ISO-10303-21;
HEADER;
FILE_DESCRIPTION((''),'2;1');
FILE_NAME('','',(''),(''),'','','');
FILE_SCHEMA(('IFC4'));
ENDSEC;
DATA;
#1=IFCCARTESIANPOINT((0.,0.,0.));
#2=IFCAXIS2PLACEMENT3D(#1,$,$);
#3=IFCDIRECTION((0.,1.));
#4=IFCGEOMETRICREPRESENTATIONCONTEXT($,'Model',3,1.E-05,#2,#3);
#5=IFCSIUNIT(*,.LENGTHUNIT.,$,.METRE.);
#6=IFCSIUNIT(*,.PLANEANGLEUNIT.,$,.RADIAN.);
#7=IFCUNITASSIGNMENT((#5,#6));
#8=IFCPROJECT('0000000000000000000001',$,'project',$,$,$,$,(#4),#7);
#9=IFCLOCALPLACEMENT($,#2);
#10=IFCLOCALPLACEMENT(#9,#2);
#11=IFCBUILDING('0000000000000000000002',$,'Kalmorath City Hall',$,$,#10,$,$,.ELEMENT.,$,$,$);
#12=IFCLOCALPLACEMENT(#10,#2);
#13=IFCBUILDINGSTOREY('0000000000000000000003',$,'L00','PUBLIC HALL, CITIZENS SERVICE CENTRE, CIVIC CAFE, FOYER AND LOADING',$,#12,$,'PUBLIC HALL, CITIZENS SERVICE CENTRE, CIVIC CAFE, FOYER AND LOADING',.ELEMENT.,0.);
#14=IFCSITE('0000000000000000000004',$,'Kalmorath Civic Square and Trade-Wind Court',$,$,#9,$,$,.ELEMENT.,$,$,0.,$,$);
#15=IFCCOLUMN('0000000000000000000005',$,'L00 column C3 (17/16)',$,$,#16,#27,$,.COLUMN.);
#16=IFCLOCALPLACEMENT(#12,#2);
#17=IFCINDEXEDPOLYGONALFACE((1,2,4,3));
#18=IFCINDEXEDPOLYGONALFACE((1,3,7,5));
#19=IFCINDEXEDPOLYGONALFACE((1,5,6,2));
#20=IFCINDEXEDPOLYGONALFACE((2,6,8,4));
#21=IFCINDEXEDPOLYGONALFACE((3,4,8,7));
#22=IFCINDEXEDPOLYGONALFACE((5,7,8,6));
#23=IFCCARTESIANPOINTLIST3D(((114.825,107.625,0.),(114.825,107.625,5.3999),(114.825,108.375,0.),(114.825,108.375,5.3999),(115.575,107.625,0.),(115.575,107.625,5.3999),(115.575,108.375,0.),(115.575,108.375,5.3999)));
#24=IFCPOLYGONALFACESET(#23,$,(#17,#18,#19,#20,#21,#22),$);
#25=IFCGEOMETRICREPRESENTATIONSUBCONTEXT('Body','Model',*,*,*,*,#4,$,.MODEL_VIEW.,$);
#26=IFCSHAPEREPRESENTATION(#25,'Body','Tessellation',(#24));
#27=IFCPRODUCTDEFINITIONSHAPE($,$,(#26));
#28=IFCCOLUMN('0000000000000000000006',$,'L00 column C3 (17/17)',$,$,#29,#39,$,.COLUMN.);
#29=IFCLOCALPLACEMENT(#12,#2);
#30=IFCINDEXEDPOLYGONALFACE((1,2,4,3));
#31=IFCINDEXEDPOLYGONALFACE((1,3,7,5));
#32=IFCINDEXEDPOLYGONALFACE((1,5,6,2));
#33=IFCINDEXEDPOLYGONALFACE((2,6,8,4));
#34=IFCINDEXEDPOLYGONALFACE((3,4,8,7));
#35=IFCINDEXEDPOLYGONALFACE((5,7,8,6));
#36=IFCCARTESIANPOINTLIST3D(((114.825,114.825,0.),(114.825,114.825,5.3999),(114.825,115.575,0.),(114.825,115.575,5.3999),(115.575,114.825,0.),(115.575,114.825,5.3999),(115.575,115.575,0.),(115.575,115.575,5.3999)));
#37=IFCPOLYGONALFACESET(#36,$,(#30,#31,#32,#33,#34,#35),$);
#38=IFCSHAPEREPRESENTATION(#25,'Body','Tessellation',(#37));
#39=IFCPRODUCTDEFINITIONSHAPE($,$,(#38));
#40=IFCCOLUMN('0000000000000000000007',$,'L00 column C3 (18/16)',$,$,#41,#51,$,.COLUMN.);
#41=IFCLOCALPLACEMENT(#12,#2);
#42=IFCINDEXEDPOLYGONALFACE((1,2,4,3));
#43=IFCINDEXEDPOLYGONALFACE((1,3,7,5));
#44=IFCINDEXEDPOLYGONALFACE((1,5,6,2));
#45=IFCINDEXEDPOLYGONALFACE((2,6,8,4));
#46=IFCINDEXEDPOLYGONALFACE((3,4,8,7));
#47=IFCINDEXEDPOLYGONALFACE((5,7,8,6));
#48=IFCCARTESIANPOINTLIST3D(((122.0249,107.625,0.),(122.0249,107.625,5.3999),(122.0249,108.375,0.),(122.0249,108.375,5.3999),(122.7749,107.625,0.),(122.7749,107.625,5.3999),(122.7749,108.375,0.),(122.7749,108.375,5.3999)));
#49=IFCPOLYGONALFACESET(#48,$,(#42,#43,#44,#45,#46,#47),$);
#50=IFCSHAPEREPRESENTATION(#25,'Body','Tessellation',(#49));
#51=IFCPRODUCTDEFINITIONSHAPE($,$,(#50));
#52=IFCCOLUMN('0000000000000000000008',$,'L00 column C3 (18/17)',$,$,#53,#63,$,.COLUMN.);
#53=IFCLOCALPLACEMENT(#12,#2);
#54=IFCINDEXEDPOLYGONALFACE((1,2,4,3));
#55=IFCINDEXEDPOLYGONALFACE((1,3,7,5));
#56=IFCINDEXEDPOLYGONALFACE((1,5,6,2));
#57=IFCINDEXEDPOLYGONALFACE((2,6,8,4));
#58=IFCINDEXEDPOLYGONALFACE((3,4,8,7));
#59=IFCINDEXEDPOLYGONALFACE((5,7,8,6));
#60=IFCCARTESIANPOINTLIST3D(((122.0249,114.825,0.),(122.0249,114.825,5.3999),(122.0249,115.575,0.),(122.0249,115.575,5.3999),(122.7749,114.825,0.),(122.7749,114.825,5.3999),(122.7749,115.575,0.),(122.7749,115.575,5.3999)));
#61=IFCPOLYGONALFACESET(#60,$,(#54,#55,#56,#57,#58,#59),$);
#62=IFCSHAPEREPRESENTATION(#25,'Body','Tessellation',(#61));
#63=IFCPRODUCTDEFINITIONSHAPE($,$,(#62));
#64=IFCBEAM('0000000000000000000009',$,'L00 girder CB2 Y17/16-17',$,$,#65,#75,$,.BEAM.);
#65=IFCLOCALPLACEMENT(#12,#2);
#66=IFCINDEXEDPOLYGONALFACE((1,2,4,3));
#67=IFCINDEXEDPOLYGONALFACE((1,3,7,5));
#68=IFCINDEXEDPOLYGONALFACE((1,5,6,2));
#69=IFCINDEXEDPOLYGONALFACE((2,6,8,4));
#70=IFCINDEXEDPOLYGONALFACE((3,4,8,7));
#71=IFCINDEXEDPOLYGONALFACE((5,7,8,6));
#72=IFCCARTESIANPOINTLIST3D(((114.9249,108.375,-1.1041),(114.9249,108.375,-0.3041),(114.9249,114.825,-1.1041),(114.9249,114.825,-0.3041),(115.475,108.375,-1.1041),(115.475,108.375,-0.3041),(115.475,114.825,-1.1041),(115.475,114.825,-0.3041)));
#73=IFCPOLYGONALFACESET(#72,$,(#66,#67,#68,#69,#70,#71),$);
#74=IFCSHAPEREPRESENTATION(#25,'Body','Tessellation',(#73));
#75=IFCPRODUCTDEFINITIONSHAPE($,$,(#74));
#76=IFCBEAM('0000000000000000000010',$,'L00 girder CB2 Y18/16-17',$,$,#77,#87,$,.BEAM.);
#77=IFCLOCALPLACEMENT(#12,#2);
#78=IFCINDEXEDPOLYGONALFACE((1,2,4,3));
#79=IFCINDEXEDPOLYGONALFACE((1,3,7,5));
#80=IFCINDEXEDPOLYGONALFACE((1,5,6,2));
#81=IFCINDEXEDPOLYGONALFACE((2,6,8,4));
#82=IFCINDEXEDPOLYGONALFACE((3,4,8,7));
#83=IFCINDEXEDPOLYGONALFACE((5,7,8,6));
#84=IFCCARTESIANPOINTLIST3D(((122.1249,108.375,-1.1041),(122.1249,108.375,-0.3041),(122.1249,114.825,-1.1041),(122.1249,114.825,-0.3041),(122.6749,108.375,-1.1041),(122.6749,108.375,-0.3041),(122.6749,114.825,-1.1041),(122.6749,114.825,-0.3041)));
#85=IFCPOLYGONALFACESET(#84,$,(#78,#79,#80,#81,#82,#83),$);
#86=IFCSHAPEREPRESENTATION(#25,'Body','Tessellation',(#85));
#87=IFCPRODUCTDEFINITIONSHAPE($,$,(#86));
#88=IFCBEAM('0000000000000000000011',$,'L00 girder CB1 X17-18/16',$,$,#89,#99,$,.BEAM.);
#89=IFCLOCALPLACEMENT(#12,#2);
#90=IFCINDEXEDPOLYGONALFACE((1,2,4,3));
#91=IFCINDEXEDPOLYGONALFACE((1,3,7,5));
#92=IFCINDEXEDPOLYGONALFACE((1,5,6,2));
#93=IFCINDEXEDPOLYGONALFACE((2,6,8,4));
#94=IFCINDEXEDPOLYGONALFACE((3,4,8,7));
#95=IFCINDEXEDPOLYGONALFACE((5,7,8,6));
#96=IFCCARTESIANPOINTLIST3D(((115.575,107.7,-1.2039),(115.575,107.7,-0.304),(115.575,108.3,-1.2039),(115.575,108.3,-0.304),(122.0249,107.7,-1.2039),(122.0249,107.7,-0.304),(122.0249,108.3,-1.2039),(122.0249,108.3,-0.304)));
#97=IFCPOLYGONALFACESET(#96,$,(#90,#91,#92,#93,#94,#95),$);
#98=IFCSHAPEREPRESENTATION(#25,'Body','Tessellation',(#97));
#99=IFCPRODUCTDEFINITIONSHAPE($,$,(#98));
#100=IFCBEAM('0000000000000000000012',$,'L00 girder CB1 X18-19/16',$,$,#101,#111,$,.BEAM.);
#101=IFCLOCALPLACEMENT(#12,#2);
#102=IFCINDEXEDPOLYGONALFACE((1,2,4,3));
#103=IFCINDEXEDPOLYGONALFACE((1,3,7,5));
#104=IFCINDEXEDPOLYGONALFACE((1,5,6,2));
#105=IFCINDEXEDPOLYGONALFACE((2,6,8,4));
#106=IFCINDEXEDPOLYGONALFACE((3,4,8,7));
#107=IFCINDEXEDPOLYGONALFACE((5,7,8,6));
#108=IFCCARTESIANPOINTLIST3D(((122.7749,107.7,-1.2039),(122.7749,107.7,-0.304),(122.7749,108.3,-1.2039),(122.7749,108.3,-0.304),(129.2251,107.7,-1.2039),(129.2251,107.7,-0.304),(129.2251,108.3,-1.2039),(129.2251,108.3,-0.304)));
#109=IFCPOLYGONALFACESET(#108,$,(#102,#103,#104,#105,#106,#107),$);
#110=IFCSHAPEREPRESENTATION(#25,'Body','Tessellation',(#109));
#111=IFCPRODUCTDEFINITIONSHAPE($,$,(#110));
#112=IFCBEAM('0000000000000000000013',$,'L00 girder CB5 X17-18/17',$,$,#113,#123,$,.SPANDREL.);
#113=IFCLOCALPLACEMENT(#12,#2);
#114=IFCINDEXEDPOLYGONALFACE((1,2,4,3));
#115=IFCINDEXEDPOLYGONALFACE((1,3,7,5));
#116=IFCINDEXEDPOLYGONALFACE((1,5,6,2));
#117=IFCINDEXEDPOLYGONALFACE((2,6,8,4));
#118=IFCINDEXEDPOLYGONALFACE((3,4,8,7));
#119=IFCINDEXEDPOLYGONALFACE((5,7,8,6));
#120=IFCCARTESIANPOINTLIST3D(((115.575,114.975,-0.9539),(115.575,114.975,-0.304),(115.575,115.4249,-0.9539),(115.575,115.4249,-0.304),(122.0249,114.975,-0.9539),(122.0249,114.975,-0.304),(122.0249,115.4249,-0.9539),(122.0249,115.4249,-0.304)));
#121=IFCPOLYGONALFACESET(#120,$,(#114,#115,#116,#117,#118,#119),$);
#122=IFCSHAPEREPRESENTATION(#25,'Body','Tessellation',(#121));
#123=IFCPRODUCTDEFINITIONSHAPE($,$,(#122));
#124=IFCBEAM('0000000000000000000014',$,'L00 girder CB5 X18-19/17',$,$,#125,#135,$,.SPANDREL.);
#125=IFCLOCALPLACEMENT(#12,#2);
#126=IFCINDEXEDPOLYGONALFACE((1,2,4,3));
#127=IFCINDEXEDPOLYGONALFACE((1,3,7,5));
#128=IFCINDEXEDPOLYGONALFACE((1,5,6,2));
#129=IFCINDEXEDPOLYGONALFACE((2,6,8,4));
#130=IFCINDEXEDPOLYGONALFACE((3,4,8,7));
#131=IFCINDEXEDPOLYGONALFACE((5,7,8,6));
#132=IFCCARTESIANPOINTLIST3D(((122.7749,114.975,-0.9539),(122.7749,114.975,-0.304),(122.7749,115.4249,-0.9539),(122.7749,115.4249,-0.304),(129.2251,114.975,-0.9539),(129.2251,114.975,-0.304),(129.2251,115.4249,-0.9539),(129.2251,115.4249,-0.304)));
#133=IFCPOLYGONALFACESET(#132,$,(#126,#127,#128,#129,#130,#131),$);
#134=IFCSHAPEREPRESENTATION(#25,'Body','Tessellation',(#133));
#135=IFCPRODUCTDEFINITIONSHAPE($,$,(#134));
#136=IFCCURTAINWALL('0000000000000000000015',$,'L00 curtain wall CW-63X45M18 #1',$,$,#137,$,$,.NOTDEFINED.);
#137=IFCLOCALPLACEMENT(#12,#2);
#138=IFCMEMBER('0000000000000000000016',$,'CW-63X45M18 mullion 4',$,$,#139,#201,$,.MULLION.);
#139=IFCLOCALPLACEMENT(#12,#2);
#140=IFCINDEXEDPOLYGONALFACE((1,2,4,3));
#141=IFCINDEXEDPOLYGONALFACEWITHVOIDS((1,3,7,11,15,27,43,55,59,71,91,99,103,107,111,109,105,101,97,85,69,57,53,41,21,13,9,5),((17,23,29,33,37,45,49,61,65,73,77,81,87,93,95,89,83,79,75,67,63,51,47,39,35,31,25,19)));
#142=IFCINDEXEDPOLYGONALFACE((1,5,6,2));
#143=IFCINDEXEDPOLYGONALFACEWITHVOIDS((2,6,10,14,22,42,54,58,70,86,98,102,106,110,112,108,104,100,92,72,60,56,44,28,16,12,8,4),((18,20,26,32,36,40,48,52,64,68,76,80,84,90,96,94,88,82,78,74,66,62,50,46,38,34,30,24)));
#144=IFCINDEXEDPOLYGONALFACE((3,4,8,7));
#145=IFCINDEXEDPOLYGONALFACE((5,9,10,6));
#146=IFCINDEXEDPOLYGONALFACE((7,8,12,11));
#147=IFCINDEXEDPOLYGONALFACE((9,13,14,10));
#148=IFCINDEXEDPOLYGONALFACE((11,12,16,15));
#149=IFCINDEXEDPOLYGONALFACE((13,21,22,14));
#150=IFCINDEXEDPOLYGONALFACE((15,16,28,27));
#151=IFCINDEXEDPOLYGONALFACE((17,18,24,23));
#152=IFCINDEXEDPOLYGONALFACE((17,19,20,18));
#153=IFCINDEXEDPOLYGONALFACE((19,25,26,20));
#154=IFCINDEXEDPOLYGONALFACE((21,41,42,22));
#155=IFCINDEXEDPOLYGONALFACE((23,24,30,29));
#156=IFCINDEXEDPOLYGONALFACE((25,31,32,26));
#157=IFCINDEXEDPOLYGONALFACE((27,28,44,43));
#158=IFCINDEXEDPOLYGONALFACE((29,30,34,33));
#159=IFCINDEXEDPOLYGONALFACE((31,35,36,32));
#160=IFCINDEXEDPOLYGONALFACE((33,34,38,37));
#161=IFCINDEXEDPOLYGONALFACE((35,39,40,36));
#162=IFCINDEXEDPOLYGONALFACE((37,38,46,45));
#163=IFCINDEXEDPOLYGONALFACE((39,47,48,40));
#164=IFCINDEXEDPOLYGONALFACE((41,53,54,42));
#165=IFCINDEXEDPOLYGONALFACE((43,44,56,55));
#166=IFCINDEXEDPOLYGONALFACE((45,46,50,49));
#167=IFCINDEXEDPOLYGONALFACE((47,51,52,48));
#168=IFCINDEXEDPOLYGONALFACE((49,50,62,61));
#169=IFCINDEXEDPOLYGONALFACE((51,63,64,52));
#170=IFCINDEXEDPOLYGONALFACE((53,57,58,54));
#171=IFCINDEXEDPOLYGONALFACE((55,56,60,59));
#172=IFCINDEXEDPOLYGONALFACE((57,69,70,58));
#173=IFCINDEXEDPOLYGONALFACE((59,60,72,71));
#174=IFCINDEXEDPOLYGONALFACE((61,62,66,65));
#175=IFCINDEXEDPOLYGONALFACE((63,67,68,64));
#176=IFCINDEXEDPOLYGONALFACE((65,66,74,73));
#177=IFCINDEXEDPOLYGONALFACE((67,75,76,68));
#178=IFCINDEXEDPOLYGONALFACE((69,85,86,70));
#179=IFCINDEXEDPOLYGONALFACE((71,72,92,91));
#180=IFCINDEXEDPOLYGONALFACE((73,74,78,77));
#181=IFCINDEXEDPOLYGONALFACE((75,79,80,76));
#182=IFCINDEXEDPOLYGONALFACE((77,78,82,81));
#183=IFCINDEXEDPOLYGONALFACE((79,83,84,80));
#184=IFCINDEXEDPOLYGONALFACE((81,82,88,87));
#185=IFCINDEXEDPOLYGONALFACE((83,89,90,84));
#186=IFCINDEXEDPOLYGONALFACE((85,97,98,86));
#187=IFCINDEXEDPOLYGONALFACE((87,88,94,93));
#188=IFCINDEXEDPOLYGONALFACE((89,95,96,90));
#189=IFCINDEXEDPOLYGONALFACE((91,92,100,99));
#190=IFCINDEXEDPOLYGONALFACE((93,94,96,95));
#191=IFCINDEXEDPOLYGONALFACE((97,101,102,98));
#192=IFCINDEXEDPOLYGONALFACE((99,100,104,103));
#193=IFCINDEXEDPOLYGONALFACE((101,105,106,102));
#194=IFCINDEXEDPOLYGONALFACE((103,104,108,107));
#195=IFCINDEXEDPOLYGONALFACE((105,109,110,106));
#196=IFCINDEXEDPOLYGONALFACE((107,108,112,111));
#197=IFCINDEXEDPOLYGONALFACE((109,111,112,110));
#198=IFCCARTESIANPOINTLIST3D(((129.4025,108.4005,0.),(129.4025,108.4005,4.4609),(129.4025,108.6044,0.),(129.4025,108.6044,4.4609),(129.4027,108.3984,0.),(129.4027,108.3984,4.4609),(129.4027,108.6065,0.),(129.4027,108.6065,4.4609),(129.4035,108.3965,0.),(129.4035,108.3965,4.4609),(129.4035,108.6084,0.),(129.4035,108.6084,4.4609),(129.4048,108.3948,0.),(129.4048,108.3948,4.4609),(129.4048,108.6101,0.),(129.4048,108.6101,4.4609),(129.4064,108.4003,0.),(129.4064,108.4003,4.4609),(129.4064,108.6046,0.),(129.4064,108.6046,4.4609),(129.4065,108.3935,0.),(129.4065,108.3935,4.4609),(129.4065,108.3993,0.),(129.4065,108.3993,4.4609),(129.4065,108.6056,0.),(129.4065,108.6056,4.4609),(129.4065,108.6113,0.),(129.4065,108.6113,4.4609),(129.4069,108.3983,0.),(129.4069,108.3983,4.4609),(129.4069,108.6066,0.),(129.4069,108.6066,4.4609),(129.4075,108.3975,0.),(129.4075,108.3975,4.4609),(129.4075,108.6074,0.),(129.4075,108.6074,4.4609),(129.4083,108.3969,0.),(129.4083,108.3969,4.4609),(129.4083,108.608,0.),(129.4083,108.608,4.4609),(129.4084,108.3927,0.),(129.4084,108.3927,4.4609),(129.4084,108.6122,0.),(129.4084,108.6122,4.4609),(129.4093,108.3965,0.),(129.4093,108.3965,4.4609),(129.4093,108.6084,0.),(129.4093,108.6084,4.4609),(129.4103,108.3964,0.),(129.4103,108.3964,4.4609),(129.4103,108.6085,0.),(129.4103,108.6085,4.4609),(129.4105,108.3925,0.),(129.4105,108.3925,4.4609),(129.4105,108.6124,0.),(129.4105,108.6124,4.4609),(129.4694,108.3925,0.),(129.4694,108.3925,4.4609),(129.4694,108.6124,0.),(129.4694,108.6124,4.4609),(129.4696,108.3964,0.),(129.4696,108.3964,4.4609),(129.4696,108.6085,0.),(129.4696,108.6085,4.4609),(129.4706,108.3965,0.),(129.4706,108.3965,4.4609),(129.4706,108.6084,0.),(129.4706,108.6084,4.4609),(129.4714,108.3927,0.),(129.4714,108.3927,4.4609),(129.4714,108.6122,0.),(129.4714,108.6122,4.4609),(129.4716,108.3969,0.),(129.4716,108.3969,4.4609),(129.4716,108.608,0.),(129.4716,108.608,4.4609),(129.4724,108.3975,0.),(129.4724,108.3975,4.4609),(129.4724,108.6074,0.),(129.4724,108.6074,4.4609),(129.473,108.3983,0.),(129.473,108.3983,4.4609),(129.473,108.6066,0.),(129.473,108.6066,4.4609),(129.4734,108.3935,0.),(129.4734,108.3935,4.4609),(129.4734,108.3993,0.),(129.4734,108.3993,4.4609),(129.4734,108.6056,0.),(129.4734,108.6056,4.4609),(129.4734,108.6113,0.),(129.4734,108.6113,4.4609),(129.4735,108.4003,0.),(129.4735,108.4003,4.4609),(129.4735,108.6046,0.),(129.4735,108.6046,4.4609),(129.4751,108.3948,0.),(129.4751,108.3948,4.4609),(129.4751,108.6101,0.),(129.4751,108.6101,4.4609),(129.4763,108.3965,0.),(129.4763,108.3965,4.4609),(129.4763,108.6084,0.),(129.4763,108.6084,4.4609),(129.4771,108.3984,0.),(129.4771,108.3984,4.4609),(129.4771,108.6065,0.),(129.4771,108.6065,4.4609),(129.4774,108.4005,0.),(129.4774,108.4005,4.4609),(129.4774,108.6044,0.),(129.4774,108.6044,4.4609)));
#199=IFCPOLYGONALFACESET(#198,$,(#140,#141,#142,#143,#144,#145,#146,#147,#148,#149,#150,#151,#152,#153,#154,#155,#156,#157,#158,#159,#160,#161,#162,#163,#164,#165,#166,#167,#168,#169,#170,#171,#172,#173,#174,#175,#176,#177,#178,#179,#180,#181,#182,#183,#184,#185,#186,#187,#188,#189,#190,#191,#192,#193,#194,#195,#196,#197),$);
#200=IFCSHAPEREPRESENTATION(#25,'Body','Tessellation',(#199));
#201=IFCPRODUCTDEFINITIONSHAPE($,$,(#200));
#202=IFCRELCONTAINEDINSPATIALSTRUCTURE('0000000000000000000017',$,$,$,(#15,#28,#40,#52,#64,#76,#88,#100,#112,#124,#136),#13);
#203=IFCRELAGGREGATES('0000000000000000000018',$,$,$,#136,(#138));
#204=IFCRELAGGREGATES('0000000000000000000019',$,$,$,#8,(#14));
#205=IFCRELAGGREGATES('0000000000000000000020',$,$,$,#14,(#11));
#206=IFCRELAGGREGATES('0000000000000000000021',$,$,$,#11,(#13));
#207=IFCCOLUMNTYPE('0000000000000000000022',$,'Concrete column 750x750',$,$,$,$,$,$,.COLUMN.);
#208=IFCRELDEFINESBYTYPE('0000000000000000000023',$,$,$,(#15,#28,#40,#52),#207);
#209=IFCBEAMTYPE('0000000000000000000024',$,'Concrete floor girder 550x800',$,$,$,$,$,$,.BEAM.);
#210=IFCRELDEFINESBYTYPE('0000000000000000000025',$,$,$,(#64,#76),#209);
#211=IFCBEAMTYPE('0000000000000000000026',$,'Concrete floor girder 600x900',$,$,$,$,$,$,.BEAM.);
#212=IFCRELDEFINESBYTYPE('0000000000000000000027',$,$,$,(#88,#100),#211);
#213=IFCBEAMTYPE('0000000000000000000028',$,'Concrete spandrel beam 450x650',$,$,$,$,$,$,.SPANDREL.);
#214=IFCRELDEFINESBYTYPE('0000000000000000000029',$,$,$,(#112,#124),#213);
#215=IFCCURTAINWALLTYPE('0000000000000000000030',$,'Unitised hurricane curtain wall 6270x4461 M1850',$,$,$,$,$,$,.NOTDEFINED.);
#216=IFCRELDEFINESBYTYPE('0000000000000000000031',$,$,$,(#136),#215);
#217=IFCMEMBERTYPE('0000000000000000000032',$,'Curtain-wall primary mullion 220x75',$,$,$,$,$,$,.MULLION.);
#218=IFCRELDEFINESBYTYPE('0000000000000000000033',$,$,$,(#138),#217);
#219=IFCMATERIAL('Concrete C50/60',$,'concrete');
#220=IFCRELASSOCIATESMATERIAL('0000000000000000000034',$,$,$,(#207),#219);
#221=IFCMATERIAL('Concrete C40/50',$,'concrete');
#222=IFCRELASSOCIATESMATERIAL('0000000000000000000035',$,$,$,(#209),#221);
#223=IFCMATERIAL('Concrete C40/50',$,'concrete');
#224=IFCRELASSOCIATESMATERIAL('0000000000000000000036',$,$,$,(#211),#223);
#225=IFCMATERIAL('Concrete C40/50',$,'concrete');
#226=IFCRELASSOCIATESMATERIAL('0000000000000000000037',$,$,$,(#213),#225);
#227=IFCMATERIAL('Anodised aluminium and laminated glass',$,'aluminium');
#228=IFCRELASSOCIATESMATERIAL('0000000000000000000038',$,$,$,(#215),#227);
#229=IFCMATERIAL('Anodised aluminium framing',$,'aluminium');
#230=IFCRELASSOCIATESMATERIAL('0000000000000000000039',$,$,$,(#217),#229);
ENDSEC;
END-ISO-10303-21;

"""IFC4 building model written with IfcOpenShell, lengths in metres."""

from ifc_helpers import new_model, si_unit, direction, frame, origin, origin_2d, place, context, subcontext, project, spatial, rectangle, hollow_rectangle, extrude, material, material_profile, profile_set, type_object, element, aggregate, save


model = new_model("IFC4")

# Units and contexts
model_context = context("Model", 3, precision=1e-05, world=origin(), true_north=direction((0.0, 1.0)))
body_context = subcontext(model_context, "Body", "Model", "MODEL_VIEW")
ifc_project = project(units=[si_unit("LENGTHUNIT", "METRE"), si_unit("PLANEANGLEUNIT", "RADIAN")], contexts=[model_context])

# Site, building, storey
site_placement = place(None, origin())
site = spatial("IfcSite", under=ifc_project, at=site_placement, Name="Kalmorath Civic Square and Trade-Wind Court", CompositionType="ELEMENT", RefElevation=0.0)
building_placement = place(site_placement, origin())
building = spatial("IfcBuilding", under=site, at=building_placement, Name="Kalmorath City Hall", CompositionType="ELEMENT")
storey_placement = place(building_placement, origin())
storey = spatial("IfcBuildingStorey", under=building, at=storey_placement, Name="L00", Description="PUBLIC HALL, CITIZENS SERVICE CENTRE, CIVIC CAFE, FOYER AND LOADING", LongName="PUBLIC HALL, CITIZENS SERVICE CENTRE, CIVIC CAFE, FOYER AND LOADING", CompositionType="ELEMENT", Elevation=0.0)

# Columns
ifc_material_1 = material(Name="Concrete C50/60", Category="concrete")
ifc_material_profile_1 = material_profile(ifc_material_1, rectangle(XDim=0.75, YDim=0.75, at=origin_2d()), Name="RC-COL-750X750")
ifc_profile_set_1 = profile_set([ifc_material_profile_1], Name="Concrete C50/60")
column_type = type_object("IfcColumnType", Name="Concrete column 750x750", PredefinedType="COLUMN", material=ifc_profile_set_1)
for number, where, z_axis, x_axis, name in (
    (1, (115.2, 108.0, 0.0), (0.0, 0.0, 1.0), (1.0, 0.0, 0.0), "L00 column C3 (17/16)"),
    (2, (115.2, 115.2, 0.0), (0.0, 0.0, 1.0), (1.0, 0.0, 0.0), "L00 column C3 (17/17)"),
    (3, (122.3999, 108.0, 0.0), (0.0, 0.0, 1.0), (1.0, 0.0, 0.0), "L00 column C3 (18/16)"),
    (4, (122.3999, 115.2, 0.0), (0.0, 0.0, 1.0), (1.0, 0.0, 0.0), "L00 column C3 (18/17)"),
):
    element("IfcColumn", number, at=place(storey_placement, frame(where, z_axis=z_axis, x_axis=x_axis)), inside=storey, type_object=column_type, Name=name, PredefinedType="COLUMN", context=body_context, shape_type="SweptSolid", body=[
        extrude(rectangle(XDim=0.75, YDim=0.75, at=origin_2d()), origin(), (0.0, 0.0, 1.0), 5.3999),
    ])

# Beams
ifc_material_2 = material(Name="Concrete C40/50", Category="concrete")
ifc_material_profile_2 = material_profile(ifc_material_2, rectangle(XDim=0.55, YDim=0.8, at=origin_2d()), Name="RC-BM-550X800")
ifc_profile_set_2 = profile_set([ifc_material_profile_2], Name="Concrete C40/50")
beam_type_1 = type_object("IfcBeamType", Name="Concrete floor girder 550x800", PredefinedType="BEAM", material=ifc_profile_set_2)
for number, where, z_axis, x_axis, name in (
    (5, (115.2, 108.375, -0.7041), (0.0, 1.0, 0.0), (-1.0, 0.0, 0.0), "L00 girder CB2 Y17/16-17"),
    (6, (122.3999, 108.375, -0.7041), (0.0, 1.0, 0.0), (-1.0, 0.0, 0.0), "L00 girder CB2 Y18/16-17"),
):
    element("IfcBeam", number, at=place(storey_placement, frame(where, z_axis=z_axis, x_axis=x_axis)), inside=storey, type_object=beam_type_1, Name=name, PredefinedType="BEAM", context=body_context, shape_type="SweptSolid", body=[
        extrude(rectangle(XDim=0.55, YDim=0.8, at=origin_2d()), origin(), (0.0, 0.0, 1.0), 6.45),
    ])
ifc_material_3 = material(Name="Concrete C40/50", Category="concrete")
ifc_material_profile_3 = material_profile(ifc_material_3, rectangle(XDim=0.6001, YDim=0.8999, at=origin_2d()), Name="RC-BM-600X900")
ifc_profile_set_3 = profile_set([ifc_material_profile_3], Name="Concrete C40/50")
beam_type_2 = type_object("IfcBeamType", Name="Concrete floor girder 600x900", PredefinedType="BEAM", material=ifc_profile_set_3)
beam_1_placement = place(storey_placement, frame((115.575, 108.0, -0.7539), z_axis=(1.0, 0.0, 0.0), x_axis=(0.0, 1.0, 0.0)))
element("IfcBeam", 7, at=beam_1_placement, inside=storey, type_object=beam_type_2, Name="L00 girder CB1 X17-18/16", PredefinedType="BEAM", context=body_context, shape_type="SweptSolid", body=[
    extrude(rectangle(XDim=0.6001, YDim=0.8999, at=origin_2d()), origin(), (0.0, 0.0, 1.0), 6.45),
])
beam_2_placement = place(storey_placement, frame((122.7749, 108.0, -0.7539), z_axis=(1.0, 0.0, 0.0), x_axis=(0.0, 1.0, 0.0)))
element("IfcBeam", 8, at=beam_2_placement, inside=storey, type_object=beam_type_2, Name="L00 girder CB1 X18-19/16", PredefinedType="BEAM", context=body_context, shape_type="SweptSolid", body=[
    extrude(rectangle(XDim=0.6001, YDim=0.8999, at=origin_2d()), origin(), (0.0, 0.0, 1.0), 6.4502),
])
ifc_material_4 = material(Name="Concrete C40/50", Category="concrete")
ifc_material_profile_4 = material_profile(ifc_material_4, rectangle(XDim=0.45, YDim=0.6499, at=origin_2d()), Name="RC-BM-450X650")
ifc_profile_set_4 = profile_set([ifc_material_profile_4], Name="Concrete C40/50")
beam_type_3 = type_object("IfcBeamType", Name="Concrete spandrel beam 450x650", PredefinedType="SPANDREL", material=ifc_profile_set_4)
beam_3_placement = place(storey_placement, frame((115.575, 115.2, -0.6289), z_axis=(1.0, 0.0, 0.0), x_axis=(0.0, 1.0, 0.0)))
element("IfcBeam", 9, at=beam_3_placement, inside=storey, type_object=beam_type_3, Name="L00 girder CB5 X17-18/17", PredefinedType="SPANDREL", context=body_context, shape_type="SweptSolid", body=[
    extrude(rectangle(XDim=0.45, YDim=0.6499, at=origin_2d()), origin(), (0.0, 0.0, 1.0), 6.45),
])
beam_4_placement = place(storey_placement, frame((122.7749, 115.2, -0.6289), z_axis=(1.0, 0.0, 0.0), x_axis=(0.0, 1.0, 0.0)))
element("IfcBeam", 10, at=beam_4_placement, inside=storey, type_object=beam_type_3, Name="L00 girder CB5 X18-19/17", PredefinedType="SPANDREL", context=body_context, shape_type="SweptSolid", body=[
    extrude(rectangle(XDim=0.45, YDim=0.6499, at=origin_2d()), origin(), (0.0, 0.0, 1.0), 6.4502),
])

# Curtain wall, member
ifc_material_5 = material(Name="Anodised aluminium and laminated glass", Category="aluminium")
curtain_wall_type = type_object("IfcCurtainWallType", Name="Unitised hurricane curtain wall 6270x4461 M1850", PredefinedType="NOTDEFINED", material=ifc_material_5)
curtain_wall_placement = place(storey_placement, origin())
curtain_wall = element("IfcCurtainWall", 11, at=curtain_wall_placement, inside=storey, type_object=curtain_wall_type, Name="L00 curtain wall CW-63X45M18 #1", PredefinedType="NOTDEFINED")
ifc_material_6 = material(Name="Anodised aluminium framing", Category="aluminium")
ifc_material_profile_5 = material_profile(ifc_material_6, hollow_rectangle(XDim=0.075, YDim=0.22, WallThickness=0.0039, InnerFilletRadius=0.0039, OuterFilletRadius=0.0081, at=origin_2d()), Name="ALU-MUL-220X75X4")
ifc_profile_set_5 = profile_set([ifc_material_profile_5], Name="Anodised aluminium framing")
member_type = type_object("IfcMemberType", Name="Curtain-wall primary mullion 220x75", PredefinedType="MULLION", material=ifc_profile_set_5)
member_placement = place(storey_placement, frame((129.4399, 108.5024, 0.0), z_axis=(0.0, 0.0, 1.0), x_axis=(1.0, 0.0, 0.0)))
member = element("IfcMember", 12, at=member_placement, type_object=member_type, Name="CW-63X45M18 mullion 4", PredefinedType="MULLION", context=body_context, shape_type="SweptSolid", body=[
    extrude(hollow_rectangle(XDim=0.075, YDim=0.22, WallThickness=0.0039, InnerFilletRadius=0.0039, OuterFilletRadius=0.0081, at=origin_2d()), origin(), (0.0, 0.0, 1.0), 4.4609),
])

aggregate(curtain_wall, [member])

save(model, "model.ifc")
